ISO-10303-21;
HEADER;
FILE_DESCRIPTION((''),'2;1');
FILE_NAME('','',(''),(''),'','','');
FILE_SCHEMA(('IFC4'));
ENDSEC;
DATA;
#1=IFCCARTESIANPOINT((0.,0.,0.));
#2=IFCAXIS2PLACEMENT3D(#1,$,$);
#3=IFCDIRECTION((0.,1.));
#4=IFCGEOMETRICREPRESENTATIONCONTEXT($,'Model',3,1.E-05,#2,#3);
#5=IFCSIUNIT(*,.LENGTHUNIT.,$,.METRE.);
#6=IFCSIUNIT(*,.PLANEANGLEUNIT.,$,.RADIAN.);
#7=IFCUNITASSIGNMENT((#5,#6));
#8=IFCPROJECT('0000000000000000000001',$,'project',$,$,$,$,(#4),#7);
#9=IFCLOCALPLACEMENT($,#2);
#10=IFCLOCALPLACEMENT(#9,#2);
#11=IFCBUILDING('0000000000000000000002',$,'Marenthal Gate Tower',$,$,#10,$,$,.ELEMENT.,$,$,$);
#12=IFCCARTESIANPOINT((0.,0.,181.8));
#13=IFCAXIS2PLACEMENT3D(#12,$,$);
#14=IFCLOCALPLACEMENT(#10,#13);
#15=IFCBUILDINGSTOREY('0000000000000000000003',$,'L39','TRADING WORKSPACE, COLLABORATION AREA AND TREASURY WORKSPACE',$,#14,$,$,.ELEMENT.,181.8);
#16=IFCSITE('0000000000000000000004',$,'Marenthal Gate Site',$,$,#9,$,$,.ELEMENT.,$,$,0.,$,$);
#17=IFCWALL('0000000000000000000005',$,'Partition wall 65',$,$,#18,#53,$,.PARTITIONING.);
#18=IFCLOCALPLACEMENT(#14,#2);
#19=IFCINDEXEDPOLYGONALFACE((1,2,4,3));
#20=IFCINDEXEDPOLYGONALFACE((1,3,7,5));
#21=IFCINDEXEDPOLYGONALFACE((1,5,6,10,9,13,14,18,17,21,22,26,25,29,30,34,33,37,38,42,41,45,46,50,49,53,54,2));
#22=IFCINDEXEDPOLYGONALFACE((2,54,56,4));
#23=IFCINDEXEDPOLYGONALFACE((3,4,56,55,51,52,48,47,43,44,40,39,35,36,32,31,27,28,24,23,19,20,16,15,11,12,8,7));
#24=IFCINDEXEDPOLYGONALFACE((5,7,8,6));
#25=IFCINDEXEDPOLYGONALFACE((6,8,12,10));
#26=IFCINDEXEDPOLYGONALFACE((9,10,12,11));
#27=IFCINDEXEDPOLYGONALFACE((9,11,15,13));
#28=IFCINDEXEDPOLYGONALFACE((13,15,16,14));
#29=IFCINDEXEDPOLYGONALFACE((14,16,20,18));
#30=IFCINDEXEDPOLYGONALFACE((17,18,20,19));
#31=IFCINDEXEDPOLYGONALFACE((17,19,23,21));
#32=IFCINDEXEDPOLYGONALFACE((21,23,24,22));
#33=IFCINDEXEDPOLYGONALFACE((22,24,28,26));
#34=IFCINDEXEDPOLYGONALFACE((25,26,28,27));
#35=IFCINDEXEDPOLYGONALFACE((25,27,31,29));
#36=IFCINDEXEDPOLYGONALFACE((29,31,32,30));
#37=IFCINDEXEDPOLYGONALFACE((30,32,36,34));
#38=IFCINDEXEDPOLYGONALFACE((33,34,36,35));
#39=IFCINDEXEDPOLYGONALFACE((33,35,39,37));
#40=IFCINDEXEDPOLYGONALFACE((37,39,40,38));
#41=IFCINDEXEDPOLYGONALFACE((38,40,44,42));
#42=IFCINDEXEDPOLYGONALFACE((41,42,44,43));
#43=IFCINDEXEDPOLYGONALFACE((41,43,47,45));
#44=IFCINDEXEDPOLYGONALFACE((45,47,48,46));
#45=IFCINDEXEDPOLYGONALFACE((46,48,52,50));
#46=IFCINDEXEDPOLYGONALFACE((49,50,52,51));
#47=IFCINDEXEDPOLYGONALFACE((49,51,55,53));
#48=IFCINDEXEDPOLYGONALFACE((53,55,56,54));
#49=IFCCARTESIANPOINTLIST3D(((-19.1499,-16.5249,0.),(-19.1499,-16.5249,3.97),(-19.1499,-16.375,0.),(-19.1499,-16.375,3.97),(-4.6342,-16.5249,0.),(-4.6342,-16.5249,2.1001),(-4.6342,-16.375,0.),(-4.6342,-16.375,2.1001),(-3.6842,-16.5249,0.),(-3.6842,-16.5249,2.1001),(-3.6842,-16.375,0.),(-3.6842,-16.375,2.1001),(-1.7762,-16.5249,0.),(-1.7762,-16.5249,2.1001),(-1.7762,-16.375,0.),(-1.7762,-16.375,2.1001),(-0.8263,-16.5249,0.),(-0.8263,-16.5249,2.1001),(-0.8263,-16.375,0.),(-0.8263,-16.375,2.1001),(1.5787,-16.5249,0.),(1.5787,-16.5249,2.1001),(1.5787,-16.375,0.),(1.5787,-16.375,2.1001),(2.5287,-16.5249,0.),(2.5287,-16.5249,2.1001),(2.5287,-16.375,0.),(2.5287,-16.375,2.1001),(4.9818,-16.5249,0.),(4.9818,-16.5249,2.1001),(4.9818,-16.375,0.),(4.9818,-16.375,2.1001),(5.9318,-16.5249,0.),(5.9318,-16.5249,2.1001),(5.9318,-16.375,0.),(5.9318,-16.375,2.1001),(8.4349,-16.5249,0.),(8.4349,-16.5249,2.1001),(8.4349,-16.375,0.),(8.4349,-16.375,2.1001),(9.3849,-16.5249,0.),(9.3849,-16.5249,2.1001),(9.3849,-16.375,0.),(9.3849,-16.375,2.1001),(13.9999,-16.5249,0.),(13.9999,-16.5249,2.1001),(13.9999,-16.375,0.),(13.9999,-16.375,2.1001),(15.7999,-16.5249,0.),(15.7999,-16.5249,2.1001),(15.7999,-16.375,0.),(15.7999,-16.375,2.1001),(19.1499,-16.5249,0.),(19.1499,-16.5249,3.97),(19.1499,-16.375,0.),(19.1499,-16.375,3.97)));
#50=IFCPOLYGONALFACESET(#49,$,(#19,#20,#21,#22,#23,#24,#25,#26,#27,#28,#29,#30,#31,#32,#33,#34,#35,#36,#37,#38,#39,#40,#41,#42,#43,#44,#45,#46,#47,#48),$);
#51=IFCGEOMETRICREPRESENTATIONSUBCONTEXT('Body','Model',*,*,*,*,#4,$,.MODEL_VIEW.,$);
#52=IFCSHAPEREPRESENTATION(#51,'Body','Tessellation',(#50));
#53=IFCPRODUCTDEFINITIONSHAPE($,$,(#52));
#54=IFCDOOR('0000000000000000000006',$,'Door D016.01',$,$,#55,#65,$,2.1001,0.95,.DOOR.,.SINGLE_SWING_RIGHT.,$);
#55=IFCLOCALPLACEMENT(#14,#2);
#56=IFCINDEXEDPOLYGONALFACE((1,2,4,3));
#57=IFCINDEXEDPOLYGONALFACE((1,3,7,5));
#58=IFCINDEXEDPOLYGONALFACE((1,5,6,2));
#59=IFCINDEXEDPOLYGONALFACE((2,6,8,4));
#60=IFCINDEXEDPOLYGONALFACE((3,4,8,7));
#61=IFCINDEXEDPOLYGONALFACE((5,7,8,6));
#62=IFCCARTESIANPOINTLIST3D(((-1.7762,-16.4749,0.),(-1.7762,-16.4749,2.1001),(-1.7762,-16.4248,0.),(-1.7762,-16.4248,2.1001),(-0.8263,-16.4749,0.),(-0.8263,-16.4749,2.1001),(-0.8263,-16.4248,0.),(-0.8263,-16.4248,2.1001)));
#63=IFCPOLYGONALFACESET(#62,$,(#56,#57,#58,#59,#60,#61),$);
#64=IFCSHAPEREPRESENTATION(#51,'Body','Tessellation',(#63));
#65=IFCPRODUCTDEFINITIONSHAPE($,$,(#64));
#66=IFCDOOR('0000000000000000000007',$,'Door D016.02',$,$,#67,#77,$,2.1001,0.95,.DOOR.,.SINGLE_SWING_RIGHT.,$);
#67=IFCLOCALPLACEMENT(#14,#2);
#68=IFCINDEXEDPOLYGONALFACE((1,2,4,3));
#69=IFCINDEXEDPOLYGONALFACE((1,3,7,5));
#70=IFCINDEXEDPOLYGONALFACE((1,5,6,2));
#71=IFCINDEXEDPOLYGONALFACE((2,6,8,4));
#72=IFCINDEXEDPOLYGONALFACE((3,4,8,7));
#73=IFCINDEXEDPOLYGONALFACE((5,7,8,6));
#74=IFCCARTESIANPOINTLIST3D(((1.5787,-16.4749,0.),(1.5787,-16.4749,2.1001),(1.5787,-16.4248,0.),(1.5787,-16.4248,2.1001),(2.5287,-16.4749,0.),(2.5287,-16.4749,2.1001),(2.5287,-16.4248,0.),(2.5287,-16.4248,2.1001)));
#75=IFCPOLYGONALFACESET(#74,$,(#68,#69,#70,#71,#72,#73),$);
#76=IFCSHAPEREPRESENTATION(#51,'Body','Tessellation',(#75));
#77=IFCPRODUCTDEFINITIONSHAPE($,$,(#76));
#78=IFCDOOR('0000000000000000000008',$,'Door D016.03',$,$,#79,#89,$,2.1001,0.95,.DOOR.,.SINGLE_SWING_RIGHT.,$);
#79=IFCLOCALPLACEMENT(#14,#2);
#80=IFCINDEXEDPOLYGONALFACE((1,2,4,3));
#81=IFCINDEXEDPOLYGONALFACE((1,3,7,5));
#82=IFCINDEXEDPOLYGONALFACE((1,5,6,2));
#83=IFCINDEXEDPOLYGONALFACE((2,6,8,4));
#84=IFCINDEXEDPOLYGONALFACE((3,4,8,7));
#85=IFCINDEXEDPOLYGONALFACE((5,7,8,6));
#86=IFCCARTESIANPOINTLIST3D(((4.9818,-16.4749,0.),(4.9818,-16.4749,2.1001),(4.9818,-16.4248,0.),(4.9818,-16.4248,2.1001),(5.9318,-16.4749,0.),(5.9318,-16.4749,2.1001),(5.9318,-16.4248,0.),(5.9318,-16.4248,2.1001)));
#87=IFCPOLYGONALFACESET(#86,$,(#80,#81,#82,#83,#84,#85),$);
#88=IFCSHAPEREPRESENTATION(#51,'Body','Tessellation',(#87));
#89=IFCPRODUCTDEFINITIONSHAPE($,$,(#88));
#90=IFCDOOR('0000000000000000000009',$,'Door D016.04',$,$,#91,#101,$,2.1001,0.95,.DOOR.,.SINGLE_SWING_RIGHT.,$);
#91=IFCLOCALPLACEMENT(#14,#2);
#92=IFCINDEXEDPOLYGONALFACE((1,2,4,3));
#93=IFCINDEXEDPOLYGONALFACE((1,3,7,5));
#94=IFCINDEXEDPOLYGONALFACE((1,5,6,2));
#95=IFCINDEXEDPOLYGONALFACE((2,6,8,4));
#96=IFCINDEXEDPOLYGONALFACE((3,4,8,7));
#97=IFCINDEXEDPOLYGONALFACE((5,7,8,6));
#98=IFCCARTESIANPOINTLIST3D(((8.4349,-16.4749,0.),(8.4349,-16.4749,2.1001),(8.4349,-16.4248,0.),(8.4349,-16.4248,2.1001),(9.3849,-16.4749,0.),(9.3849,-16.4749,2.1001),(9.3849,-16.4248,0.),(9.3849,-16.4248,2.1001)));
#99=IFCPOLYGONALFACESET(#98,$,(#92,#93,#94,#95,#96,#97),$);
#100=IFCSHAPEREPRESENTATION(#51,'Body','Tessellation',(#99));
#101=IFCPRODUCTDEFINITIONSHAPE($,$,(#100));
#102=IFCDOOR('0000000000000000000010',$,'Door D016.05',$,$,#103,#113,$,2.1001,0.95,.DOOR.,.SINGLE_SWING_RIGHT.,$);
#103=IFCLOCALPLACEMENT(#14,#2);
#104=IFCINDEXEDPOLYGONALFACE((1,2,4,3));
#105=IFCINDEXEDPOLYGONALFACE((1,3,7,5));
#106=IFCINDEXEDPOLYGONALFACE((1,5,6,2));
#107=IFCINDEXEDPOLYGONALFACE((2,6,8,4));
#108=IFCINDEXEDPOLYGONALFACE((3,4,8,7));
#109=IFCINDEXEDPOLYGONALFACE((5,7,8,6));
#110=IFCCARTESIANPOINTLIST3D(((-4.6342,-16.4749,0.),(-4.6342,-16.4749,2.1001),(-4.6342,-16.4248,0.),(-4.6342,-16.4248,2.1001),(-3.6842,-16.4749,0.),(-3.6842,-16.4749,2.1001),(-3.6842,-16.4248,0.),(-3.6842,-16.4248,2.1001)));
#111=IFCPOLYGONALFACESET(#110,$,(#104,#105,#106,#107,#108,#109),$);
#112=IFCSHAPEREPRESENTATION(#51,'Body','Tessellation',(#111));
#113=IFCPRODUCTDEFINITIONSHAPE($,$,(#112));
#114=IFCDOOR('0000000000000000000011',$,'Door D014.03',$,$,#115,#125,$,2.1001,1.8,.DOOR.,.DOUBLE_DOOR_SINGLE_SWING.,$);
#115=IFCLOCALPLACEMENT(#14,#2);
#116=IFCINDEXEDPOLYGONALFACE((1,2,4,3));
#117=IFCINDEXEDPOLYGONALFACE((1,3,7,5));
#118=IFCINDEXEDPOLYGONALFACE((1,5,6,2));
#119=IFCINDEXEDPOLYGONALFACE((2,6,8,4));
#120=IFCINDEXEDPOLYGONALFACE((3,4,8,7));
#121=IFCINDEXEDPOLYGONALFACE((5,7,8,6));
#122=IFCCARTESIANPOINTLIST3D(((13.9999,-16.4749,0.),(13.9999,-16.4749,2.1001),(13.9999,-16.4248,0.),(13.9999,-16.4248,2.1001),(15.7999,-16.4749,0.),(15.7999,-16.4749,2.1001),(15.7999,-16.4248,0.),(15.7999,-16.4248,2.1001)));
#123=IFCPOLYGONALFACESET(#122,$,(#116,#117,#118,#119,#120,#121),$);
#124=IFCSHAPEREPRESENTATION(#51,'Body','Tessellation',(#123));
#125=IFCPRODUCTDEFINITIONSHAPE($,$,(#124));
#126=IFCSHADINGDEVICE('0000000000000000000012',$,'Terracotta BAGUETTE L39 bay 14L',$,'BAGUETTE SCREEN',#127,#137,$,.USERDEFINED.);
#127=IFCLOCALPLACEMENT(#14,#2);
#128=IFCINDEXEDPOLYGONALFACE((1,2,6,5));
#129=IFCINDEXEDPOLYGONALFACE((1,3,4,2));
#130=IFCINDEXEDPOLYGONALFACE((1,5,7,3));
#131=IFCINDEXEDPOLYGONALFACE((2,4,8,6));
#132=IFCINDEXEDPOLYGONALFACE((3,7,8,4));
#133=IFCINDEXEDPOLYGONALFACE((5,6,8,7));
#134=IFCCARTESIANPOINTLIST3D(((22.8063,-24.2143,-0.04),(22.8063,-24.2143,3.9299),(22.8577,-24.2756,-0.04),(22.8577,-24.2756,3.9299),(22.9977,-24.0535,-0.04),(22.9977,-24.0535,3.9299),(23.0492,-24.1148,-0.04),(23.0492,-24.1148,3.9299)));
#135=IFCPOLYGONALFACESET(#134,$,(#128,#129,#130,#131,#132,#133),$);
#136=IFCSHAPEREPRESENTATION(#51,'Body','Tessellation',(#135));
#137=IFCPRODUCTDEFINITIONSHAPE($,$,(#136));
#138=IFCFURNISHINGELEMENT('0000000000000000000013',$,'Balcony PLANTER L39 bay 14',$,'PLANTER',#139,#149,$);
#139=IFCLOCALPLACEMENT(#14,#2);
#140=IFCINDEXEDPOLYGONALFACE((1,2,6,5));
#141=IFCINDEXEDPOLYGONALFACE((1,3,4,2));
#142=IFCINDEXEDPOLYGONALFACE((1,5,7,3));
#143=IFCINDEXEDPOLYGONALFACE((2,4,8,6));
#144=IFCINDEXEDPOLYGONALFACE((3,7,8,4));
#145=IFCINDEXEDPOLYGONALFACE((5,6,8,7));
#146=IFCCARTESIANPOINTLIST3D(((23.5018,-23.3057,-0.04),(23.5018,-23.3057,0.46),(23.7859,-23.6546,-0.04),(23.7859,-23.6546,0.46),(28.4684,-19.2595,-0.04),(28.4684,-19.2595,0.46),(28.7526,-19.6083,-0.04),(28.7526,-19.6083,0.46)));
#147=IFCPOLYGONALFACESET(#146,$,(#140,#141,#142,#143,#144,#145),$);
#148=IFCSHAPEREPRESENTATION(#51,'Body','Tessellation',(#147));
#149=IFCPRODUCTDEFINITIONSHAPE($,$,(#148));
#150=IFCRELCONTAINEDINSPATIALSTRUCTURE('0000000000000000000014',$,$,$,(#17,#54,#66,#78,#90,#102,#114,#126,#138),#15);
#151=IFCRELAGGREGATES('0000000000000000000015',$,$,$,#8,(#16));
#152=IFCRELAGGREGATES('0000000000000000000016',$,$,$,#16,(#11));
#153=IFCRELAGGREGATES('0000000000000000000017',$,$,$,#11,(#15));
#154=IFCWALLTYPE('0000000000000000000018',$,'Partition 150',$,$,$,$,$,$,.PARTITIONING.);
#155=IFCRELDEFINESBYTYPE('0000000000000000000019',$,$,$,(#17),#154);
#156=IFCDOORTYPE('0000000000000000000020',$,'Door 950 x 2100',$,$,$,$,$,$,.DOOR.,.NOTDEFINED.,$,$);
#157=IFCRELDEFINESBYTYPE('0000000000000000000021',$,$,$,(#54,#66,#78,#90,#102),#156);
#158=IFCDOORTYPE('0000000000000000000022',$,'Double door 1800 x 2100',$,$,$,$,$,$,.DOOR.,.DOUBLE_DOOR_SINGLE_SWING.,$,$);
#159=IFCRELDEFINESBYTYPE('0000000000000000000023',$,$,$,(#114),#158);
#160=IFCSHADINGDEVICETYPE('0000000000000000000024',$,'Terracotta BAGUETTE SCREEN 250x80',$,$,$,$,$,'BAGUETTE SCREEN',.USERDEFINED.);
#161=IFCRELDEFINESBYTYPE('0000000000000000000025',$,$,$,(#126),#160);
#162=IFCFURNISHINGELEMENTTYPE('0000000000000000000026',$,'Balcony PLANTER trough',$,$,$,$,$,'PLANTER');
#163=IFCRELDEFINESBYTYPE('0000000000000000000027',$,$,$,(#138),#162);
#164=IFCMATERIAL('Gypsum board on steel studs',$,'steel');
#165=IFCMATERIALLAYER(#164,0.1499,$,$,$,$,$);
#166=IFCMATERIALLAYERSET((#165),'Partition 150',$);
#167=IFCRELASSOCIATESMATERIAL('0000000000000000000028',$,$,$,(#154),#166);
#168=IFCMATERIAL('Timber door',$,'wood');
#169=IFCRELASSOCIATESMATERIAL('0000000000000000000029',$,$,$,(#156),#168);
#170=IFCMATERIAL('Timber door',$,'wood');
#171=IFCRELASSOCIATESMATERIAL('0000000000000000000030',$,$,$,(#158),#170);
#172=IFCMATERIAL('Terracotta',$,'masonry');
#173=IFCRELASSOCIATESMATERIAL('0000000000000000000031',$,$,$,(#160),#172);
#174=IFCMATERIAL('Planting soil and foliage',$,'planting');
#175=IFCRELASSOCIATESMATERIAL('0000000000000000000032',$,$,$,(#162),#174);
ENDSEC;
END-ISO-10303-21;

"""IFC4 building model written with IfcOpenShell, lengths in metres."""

from ifc_helpers import new_model, si_unit, direction, frame, frame_2d, origin, origin_2d, place, context, subcontext, project, spatial, rectangle, extrude, material, layer, layer_set, material_profile, profile_set, type_object, element, fill, save


model = new_model("IFC4")

# Units and contexts
model_context = context("Model", 3, precision=1e-05, world=origin(), true_north=direction((0.0, 1.0)))
body_context = subcontext(model_context, "Body", "Model", "MODEL_VIEW")
ifc_project = project(units=[si_unit("LENGTHUNIT", "METRE"), si_unit("PLANEANGLEUNIT", "RADIAN")], contexts=[model_context])

# Site, building, storey
site_placement = place(None, origin())
site = spatial("IfcSite", under=ifc_project, at=site_placement, Name="Marenthal Gate Site", CompositionType="ELEMENT", RefElevation=0.0)
building_placement = place(site_placement, origin())
building = spatial("IfcBuilding", under=site, at=building_placement, Name="Marenthal Gate Tower", CompositionType="ELEMENT")
storey_placement = place(building_placement, frame((0.0, 0.0, 181.8)))
storey = spatial("IfcBuildingStorey", under=building, at=storey_placement, Name="L39", Description="TRADING WORKSPACE, COLLABORATION AREA AND TREASURY WORKSPACE", CompositionType="ELEMENT", Elevation=181.8)

# Wall, openings, doors
ifc_material_1 = material(Name="Gypsum board on steel studs", Category="steel")
ifc_layer_1 = layer(ifc_material_1, 0.1499)
ifc_layer_set_1 = layer_set([ifc_layer_1], Name="Partition 150")
wall_type_1 = type_object("IfcWallType", Name="Partition 150", PredefinedType="PARTITIONING", material=ifc_layer_set_1)
wall_1_placement = place(storey_placement, frame((19.1499, -16.45, 0.0), z_axis=(0.0, 0.0, 1.0), x_axis=(-1.0, 0.0, 0.0)))
wall_1 = element("IfcWall", 1, at=wall_1_placement, inside=storey, type_object=wall_type_1, Name="Partition wall 65", PredefinedType="PARTITIONING", context=body_context, shape_type="SweptSolid", body=[
    extrude(rectangle(XDim=38.2998, YDim=0.1499, at=frame_2d((19.1499, 0.0))), origin(), (0.0, 0.0, 1.0), 3.97),
])
opening_1_placement = place(wall_1_placement, frame((19.9761, 0.0, 0.0)))
opening_1 = element("IfcOpeningElement", 2, at=opening_1_placement, cuts=wall_1, PredefinedType="OPENING", context=body_context, shape_type="SweptSolid", body=[
    extrude(rectangle(XDim=0.95, YDim=2.1001, at=frame_2d((0.4751, 1.05))), frame((0.0, 0.085, 0.0), z_axis=(0.0, -1.0, 0.0), x_axis=(1.0, 0.0, 0.0)), (0.0, 0.0, 1.0), 0.1699),
])
opening_2_placement = place(wall_1_placement, frame((16.6211, 0.0, 0.0)))
opening_2 = element("IfcOpeningElement", 3, at=opening_2_placement, cuts=wall_1, PredefinedType="OPENING", context=body_context, shape_type="SweptSolid", body=[
    extrude(rectangle(XDim=0.95, YDim=2.1001, at=frame_2d((0.4751, 1.05))), frame((0.0, 0.085, 0.0), z_axis=(0.0, -1.0, 0.0), x_axis=(1.0, 0.0, 0.0)), (0.0, 0.0, 1.0), 0.1699),
])
opening_3_placement = place(wall_1_placement, frame((13.218, 0.0, 0.0)))
opening_3 = element("IfcOpeningElement", 4, at=opening_3_placement, cuts=wall_1, PredefinedType="OPENING", context=body_context, shape_type="SweptSolid", body=[
    extrude(rectangle(XDim=0.95, YDim=2.1001, at=frame_2d((0.4751, 1.05))), frame((0.0, 0.085, 0.0), z_axis=(0.0, -1.0, 0.0), x_axis=(1.0, 0.0, 0.0)), (0.0, 0.0, 1.0), 0.1699),
])
opening_4_placement = place(wall_1_placement, frame((9.7649, 0.0, 0.0)))
opening_4 = element("IfcOpeningElement", 5, at=opening_4_placement, cuts=wall_1, PredefinedType="OPENING", context=body_context, shape_type="SweptSolid", body=[
    extrude(rectangle(XDim=0.95, YDim=2.1001, at=frame_2d((0.4751, 1.05))), frame((0.0, 0.085, 0.0), z_axis=(0.0, -1.0, 0.0), x_axis=(1.0, 0.0, 0.0)), (0.0, 0.0, 1.0), 0.1699),
])
opening_5_placement = place(wall_1_placement, frame((22.834, 0.0, 0.0)))
opening_5 = element("IfcOpeningElement", 6, at=opening_5_placement, cuts=wall_1, PredefinedType="OPENING", context=body_context, shape_type="SweptSolid", body=[
    extrude(rectangle(XDim=0.95, YDim=2.1001, at=frame_2d((0.4751, 1.05))), frame((0.0, 0.085, 0.0), z_axis=(0.0, -1.0, 0.0), x_axis=(1.0, 0.0, 0.0)), (0.0, 0.0, 1.0), 0.1699),
])
opening_6_placement = place(wall_1_placement, frame((3.3501, 0.0, 0.0)))
opening_6 = element("IfcOpeningElement", 7, at=opening_6_placement, cuts=wall_1, PredefinedType="OPENING", context=body_context, shape_type="SweptSolid", body=[
    extrude(rectangle(XDim=1.8, YDim=2.1001, at=frame_2d((0.8999, 1.05))), frame((0.0, 0.085, 0.0), z_axis=(0.0, -1.0, 0.0), x_axis=(1.0, 0.0, 0.0)), (0.0, 0.0, 1.0), 0.1699),
])
ifc_material_2 = material(Name="Timber door", Category="wood")
door_type_1 = type_object("IfcDoorType", Name="Door 950 x 2100", OperationType="NOTDEFINED", PredefinedType="DOOR", material=ifc_material_2)
door_1_placement = place(opening_1_placement, origin())
door_1 = element("IfcDoor", 8, at=door_1_placement, inside=storey, type_object=door_type_1, Name="Door D016.01", OperationType="SINGLE_SWING_RIGHT", OverallHeight=2.1001, OverallWidth=0.95, PredefinedType="DOOR", context=body_context, shape_type="SweptSolid", body=[
    extrude(rectangle(XDim=0.95, YDim=2.1001, at=frame_2d((0.4751, 1.05))), frame((0.0, 0.0249, 0.0), z_axis=(0.0, -1.0, 0.0), x_axis=(1.0, 0.0, 0.0)), (0.0, 0.0, 1.0), 0.05),
])
fill(opening_1, door_1)
door_2_placement = place(opening_2_placement, origin())
door_2 = element("IfcDoor", 9, at=door_2_placement, inside=storey, type_object=door_type_1, Name="Door D016.02", OperationType="SINGLE_SWING_RIGHT", OverallHeight=2.1001, OverallWidth=0.95, PredefinedType="DOOR", context=body_context, shape_type="SweptSolid", body=[
    extrude(rectangle(XDim=0.95, YDim=2.1001, at=frame_2d((0.4751, 1.05))), frame((0.0, 0.0249, 0.0), z_axis=(0.0, -1.0, 0.0), x_axis=(1.0, 0.0, 0.0)), (0.0, 0.0, 1.0), 0.05),
])
fill(opening_2, door_2)
door_3_placement = place(opening_3_placement, origin())
door_3 = element("IfcDoor", 10, at=door_3_placement, inside=storey, type_object=door_type_1, Name="Door D016.03", OperationType="SINGLE_SWING_RIGHT", OverallHeight=2.1001, OverallWidth=0.95, PredefinedType="DOOR", context=body_context, shape_type="SweptSolid", body=[
    extrude(rectangle(XDim=0.95, YDim=2.1001, at=frame_2d((0.4751, 1.05))), frame((0.0, 0.0249, 0.0), z_axis=(0.0, -1.0, 0.0), x_axis=(1.0, 0.0, 0.0)), (0.0, 0.0, 1.0), 0.05),
])
fill(opening_3, door_3)
door_4_placement = place(opening_4_placement, origin())
door_4 = element("IfcDoor", 11, at=door_4_placement, inside=storey, type_object=door_type_1, Name="Door D016.04", OperationType="SINGLE_SWING_RIGHT", OverallHeight=2.1001, OverallWidth=0.95, PredefinedType="DOOR", context=body_context, shape_type="SweptSolid", body=[
    extrude(rectangle(XDim=0.95, YDim=2.1001, at=frame_2d((0.4751, 1.05))), frame((0.0, 0.0249, 0.0), z_axis=(0.0, -1.0, 0.0), x_axis=(1.0, 0.0, 0.0)), (0.0, 0.0, 1.0), 0.05),
])
fill(opening_4, door_4)
door_5_placement = place(opening_5_placement, origin())
door_5 = element("IfcDoor", 12, at=door_5_placement, inside=storey, type_object=door_type_1, Name="Door D016.05", OperationType="SINGLE_SWING_RIGHT", OverallHeight=2.1001, OverallWidth=0.95, PredefinedType="DOOR", context=body_context, shape_type="SweptSolid", body=[
    extrude(rectangle(XDim=0.95, YDim=2.1001, at=frame_2d((0.4751, 1.05))), frame((0.0, 0.0249, 0.0), z_axis=(0.0, -1.0, 0.0), x_axis=(1.0, 0.0, 0.0)), (0.0, 0.0, 1.0), 0.05),
])
fill(opening_5, door_5)
ifc_material_3 = material(Name="Timber door", Category="wood")
door_type_2 = type_object("IfcDoorType", Name="Double door 1800 x 2100", OperationType="DOUBLE_DOOR_SINGLE_SWING", PredefinedType="DOOR", material=ifc_material_3)
door_6_placement = place(opening_6_placement, origin())
door_6 = element("IfcDoor", 13, at=door_6_placement, inside=storey, type_object=door_type_2, Name="Door D014.03", OperationType="DOUBLE_DOOR_SINGLE_SWING", OverallHeight=2.1001, OverallWidth=1.8, PredefinedType="DOOR", context=body_context, shape_type="SweptSolid", body=[
    extrude(rectangle(XDim=1.8, YDim=2.1001, at=frame_2d((0.8999, 1.05))), frame((0.0, 0.0249, 0.0), z_axis=(0.0, -1.0, 0.0), x_axis=(1.0, 0.0, 0.0)), (0.0, 0.0, 1.0), 0.05),
])
fill(opening_6, door_6)

# Shading device
ifc_material_4 = material(Name="Terracotta", Category="masonry")
ifc_material_profile_1 = material_profile(ifc_material_4, rectangle(XDim=0.25, YDim=0.0801, at=origin_2d()), Name="Terracotta baguette 250x80")
ifc_profile_set_1 = profile_set([ifc_material_profile_1], Name="Terracotta")
shading_device_type = type_object("IfcShadingDeviceType", Name="Terracotta BAGUETTE SCREEN 250x80", ElementType="BAGUETTE SCREEN", PredefinedType="USERDEFINED", material=ifc_profile_set_1)
shading_device_placement = place(storey_placement, frame((22.9277, -24.1646, -0.04), z_axis=(0.0, 0.0, 1.0), x_axis=(0.76585, 0.643019, 0.0)))
element("IfcShadingDevice", 14, at=shading_device_placement, inside=storey, type_object=shading_device_type, Name="Terracotta BAGUETTE L39 bay 14L", ObjectType="BAGUETTE SCREEN", PredefinedType="USERDEFINED", context=body_context, shape_type="SweptSolid", body=[
    extrude(rectangle(XDim=0.25, YDim=0.0801, at=origin_2d()), origin(), (0.0, 0.0, 1.0), 3.97),
])

# Furnishing element
ifc_material_5 = material(Name="Planting soil and foliage", Category="planting")
furnishing_element_type = type_object("IfcFurnishingElementType", Name="Balcony PLANTER trough", ElementType="PLANTER", material=ifc_material_5)
furnishing_placement = place(storey_placement, frame((26.1272, -21.457, -0.04), z_axis=(0.0, 0.0, 1.0), x_axis=(0.775288, 0.631608, 0.0)))
element("IfcFurnishingElement", 15, at=furnishing_placement, inside=storey, type_object=furnishing_element_type, Name="Balcony PLANTER L39 bay 14", ObjectType="PLANTER", context=body_context, shape_type="SweptSolid", body=[
    extrude(rectangle(XDim=6.4062, YDim=0.45, at=origin_2d()), origin(), (0.0, 0.0, 1.0), 0.5),
])

save(model, "model.ifc")
